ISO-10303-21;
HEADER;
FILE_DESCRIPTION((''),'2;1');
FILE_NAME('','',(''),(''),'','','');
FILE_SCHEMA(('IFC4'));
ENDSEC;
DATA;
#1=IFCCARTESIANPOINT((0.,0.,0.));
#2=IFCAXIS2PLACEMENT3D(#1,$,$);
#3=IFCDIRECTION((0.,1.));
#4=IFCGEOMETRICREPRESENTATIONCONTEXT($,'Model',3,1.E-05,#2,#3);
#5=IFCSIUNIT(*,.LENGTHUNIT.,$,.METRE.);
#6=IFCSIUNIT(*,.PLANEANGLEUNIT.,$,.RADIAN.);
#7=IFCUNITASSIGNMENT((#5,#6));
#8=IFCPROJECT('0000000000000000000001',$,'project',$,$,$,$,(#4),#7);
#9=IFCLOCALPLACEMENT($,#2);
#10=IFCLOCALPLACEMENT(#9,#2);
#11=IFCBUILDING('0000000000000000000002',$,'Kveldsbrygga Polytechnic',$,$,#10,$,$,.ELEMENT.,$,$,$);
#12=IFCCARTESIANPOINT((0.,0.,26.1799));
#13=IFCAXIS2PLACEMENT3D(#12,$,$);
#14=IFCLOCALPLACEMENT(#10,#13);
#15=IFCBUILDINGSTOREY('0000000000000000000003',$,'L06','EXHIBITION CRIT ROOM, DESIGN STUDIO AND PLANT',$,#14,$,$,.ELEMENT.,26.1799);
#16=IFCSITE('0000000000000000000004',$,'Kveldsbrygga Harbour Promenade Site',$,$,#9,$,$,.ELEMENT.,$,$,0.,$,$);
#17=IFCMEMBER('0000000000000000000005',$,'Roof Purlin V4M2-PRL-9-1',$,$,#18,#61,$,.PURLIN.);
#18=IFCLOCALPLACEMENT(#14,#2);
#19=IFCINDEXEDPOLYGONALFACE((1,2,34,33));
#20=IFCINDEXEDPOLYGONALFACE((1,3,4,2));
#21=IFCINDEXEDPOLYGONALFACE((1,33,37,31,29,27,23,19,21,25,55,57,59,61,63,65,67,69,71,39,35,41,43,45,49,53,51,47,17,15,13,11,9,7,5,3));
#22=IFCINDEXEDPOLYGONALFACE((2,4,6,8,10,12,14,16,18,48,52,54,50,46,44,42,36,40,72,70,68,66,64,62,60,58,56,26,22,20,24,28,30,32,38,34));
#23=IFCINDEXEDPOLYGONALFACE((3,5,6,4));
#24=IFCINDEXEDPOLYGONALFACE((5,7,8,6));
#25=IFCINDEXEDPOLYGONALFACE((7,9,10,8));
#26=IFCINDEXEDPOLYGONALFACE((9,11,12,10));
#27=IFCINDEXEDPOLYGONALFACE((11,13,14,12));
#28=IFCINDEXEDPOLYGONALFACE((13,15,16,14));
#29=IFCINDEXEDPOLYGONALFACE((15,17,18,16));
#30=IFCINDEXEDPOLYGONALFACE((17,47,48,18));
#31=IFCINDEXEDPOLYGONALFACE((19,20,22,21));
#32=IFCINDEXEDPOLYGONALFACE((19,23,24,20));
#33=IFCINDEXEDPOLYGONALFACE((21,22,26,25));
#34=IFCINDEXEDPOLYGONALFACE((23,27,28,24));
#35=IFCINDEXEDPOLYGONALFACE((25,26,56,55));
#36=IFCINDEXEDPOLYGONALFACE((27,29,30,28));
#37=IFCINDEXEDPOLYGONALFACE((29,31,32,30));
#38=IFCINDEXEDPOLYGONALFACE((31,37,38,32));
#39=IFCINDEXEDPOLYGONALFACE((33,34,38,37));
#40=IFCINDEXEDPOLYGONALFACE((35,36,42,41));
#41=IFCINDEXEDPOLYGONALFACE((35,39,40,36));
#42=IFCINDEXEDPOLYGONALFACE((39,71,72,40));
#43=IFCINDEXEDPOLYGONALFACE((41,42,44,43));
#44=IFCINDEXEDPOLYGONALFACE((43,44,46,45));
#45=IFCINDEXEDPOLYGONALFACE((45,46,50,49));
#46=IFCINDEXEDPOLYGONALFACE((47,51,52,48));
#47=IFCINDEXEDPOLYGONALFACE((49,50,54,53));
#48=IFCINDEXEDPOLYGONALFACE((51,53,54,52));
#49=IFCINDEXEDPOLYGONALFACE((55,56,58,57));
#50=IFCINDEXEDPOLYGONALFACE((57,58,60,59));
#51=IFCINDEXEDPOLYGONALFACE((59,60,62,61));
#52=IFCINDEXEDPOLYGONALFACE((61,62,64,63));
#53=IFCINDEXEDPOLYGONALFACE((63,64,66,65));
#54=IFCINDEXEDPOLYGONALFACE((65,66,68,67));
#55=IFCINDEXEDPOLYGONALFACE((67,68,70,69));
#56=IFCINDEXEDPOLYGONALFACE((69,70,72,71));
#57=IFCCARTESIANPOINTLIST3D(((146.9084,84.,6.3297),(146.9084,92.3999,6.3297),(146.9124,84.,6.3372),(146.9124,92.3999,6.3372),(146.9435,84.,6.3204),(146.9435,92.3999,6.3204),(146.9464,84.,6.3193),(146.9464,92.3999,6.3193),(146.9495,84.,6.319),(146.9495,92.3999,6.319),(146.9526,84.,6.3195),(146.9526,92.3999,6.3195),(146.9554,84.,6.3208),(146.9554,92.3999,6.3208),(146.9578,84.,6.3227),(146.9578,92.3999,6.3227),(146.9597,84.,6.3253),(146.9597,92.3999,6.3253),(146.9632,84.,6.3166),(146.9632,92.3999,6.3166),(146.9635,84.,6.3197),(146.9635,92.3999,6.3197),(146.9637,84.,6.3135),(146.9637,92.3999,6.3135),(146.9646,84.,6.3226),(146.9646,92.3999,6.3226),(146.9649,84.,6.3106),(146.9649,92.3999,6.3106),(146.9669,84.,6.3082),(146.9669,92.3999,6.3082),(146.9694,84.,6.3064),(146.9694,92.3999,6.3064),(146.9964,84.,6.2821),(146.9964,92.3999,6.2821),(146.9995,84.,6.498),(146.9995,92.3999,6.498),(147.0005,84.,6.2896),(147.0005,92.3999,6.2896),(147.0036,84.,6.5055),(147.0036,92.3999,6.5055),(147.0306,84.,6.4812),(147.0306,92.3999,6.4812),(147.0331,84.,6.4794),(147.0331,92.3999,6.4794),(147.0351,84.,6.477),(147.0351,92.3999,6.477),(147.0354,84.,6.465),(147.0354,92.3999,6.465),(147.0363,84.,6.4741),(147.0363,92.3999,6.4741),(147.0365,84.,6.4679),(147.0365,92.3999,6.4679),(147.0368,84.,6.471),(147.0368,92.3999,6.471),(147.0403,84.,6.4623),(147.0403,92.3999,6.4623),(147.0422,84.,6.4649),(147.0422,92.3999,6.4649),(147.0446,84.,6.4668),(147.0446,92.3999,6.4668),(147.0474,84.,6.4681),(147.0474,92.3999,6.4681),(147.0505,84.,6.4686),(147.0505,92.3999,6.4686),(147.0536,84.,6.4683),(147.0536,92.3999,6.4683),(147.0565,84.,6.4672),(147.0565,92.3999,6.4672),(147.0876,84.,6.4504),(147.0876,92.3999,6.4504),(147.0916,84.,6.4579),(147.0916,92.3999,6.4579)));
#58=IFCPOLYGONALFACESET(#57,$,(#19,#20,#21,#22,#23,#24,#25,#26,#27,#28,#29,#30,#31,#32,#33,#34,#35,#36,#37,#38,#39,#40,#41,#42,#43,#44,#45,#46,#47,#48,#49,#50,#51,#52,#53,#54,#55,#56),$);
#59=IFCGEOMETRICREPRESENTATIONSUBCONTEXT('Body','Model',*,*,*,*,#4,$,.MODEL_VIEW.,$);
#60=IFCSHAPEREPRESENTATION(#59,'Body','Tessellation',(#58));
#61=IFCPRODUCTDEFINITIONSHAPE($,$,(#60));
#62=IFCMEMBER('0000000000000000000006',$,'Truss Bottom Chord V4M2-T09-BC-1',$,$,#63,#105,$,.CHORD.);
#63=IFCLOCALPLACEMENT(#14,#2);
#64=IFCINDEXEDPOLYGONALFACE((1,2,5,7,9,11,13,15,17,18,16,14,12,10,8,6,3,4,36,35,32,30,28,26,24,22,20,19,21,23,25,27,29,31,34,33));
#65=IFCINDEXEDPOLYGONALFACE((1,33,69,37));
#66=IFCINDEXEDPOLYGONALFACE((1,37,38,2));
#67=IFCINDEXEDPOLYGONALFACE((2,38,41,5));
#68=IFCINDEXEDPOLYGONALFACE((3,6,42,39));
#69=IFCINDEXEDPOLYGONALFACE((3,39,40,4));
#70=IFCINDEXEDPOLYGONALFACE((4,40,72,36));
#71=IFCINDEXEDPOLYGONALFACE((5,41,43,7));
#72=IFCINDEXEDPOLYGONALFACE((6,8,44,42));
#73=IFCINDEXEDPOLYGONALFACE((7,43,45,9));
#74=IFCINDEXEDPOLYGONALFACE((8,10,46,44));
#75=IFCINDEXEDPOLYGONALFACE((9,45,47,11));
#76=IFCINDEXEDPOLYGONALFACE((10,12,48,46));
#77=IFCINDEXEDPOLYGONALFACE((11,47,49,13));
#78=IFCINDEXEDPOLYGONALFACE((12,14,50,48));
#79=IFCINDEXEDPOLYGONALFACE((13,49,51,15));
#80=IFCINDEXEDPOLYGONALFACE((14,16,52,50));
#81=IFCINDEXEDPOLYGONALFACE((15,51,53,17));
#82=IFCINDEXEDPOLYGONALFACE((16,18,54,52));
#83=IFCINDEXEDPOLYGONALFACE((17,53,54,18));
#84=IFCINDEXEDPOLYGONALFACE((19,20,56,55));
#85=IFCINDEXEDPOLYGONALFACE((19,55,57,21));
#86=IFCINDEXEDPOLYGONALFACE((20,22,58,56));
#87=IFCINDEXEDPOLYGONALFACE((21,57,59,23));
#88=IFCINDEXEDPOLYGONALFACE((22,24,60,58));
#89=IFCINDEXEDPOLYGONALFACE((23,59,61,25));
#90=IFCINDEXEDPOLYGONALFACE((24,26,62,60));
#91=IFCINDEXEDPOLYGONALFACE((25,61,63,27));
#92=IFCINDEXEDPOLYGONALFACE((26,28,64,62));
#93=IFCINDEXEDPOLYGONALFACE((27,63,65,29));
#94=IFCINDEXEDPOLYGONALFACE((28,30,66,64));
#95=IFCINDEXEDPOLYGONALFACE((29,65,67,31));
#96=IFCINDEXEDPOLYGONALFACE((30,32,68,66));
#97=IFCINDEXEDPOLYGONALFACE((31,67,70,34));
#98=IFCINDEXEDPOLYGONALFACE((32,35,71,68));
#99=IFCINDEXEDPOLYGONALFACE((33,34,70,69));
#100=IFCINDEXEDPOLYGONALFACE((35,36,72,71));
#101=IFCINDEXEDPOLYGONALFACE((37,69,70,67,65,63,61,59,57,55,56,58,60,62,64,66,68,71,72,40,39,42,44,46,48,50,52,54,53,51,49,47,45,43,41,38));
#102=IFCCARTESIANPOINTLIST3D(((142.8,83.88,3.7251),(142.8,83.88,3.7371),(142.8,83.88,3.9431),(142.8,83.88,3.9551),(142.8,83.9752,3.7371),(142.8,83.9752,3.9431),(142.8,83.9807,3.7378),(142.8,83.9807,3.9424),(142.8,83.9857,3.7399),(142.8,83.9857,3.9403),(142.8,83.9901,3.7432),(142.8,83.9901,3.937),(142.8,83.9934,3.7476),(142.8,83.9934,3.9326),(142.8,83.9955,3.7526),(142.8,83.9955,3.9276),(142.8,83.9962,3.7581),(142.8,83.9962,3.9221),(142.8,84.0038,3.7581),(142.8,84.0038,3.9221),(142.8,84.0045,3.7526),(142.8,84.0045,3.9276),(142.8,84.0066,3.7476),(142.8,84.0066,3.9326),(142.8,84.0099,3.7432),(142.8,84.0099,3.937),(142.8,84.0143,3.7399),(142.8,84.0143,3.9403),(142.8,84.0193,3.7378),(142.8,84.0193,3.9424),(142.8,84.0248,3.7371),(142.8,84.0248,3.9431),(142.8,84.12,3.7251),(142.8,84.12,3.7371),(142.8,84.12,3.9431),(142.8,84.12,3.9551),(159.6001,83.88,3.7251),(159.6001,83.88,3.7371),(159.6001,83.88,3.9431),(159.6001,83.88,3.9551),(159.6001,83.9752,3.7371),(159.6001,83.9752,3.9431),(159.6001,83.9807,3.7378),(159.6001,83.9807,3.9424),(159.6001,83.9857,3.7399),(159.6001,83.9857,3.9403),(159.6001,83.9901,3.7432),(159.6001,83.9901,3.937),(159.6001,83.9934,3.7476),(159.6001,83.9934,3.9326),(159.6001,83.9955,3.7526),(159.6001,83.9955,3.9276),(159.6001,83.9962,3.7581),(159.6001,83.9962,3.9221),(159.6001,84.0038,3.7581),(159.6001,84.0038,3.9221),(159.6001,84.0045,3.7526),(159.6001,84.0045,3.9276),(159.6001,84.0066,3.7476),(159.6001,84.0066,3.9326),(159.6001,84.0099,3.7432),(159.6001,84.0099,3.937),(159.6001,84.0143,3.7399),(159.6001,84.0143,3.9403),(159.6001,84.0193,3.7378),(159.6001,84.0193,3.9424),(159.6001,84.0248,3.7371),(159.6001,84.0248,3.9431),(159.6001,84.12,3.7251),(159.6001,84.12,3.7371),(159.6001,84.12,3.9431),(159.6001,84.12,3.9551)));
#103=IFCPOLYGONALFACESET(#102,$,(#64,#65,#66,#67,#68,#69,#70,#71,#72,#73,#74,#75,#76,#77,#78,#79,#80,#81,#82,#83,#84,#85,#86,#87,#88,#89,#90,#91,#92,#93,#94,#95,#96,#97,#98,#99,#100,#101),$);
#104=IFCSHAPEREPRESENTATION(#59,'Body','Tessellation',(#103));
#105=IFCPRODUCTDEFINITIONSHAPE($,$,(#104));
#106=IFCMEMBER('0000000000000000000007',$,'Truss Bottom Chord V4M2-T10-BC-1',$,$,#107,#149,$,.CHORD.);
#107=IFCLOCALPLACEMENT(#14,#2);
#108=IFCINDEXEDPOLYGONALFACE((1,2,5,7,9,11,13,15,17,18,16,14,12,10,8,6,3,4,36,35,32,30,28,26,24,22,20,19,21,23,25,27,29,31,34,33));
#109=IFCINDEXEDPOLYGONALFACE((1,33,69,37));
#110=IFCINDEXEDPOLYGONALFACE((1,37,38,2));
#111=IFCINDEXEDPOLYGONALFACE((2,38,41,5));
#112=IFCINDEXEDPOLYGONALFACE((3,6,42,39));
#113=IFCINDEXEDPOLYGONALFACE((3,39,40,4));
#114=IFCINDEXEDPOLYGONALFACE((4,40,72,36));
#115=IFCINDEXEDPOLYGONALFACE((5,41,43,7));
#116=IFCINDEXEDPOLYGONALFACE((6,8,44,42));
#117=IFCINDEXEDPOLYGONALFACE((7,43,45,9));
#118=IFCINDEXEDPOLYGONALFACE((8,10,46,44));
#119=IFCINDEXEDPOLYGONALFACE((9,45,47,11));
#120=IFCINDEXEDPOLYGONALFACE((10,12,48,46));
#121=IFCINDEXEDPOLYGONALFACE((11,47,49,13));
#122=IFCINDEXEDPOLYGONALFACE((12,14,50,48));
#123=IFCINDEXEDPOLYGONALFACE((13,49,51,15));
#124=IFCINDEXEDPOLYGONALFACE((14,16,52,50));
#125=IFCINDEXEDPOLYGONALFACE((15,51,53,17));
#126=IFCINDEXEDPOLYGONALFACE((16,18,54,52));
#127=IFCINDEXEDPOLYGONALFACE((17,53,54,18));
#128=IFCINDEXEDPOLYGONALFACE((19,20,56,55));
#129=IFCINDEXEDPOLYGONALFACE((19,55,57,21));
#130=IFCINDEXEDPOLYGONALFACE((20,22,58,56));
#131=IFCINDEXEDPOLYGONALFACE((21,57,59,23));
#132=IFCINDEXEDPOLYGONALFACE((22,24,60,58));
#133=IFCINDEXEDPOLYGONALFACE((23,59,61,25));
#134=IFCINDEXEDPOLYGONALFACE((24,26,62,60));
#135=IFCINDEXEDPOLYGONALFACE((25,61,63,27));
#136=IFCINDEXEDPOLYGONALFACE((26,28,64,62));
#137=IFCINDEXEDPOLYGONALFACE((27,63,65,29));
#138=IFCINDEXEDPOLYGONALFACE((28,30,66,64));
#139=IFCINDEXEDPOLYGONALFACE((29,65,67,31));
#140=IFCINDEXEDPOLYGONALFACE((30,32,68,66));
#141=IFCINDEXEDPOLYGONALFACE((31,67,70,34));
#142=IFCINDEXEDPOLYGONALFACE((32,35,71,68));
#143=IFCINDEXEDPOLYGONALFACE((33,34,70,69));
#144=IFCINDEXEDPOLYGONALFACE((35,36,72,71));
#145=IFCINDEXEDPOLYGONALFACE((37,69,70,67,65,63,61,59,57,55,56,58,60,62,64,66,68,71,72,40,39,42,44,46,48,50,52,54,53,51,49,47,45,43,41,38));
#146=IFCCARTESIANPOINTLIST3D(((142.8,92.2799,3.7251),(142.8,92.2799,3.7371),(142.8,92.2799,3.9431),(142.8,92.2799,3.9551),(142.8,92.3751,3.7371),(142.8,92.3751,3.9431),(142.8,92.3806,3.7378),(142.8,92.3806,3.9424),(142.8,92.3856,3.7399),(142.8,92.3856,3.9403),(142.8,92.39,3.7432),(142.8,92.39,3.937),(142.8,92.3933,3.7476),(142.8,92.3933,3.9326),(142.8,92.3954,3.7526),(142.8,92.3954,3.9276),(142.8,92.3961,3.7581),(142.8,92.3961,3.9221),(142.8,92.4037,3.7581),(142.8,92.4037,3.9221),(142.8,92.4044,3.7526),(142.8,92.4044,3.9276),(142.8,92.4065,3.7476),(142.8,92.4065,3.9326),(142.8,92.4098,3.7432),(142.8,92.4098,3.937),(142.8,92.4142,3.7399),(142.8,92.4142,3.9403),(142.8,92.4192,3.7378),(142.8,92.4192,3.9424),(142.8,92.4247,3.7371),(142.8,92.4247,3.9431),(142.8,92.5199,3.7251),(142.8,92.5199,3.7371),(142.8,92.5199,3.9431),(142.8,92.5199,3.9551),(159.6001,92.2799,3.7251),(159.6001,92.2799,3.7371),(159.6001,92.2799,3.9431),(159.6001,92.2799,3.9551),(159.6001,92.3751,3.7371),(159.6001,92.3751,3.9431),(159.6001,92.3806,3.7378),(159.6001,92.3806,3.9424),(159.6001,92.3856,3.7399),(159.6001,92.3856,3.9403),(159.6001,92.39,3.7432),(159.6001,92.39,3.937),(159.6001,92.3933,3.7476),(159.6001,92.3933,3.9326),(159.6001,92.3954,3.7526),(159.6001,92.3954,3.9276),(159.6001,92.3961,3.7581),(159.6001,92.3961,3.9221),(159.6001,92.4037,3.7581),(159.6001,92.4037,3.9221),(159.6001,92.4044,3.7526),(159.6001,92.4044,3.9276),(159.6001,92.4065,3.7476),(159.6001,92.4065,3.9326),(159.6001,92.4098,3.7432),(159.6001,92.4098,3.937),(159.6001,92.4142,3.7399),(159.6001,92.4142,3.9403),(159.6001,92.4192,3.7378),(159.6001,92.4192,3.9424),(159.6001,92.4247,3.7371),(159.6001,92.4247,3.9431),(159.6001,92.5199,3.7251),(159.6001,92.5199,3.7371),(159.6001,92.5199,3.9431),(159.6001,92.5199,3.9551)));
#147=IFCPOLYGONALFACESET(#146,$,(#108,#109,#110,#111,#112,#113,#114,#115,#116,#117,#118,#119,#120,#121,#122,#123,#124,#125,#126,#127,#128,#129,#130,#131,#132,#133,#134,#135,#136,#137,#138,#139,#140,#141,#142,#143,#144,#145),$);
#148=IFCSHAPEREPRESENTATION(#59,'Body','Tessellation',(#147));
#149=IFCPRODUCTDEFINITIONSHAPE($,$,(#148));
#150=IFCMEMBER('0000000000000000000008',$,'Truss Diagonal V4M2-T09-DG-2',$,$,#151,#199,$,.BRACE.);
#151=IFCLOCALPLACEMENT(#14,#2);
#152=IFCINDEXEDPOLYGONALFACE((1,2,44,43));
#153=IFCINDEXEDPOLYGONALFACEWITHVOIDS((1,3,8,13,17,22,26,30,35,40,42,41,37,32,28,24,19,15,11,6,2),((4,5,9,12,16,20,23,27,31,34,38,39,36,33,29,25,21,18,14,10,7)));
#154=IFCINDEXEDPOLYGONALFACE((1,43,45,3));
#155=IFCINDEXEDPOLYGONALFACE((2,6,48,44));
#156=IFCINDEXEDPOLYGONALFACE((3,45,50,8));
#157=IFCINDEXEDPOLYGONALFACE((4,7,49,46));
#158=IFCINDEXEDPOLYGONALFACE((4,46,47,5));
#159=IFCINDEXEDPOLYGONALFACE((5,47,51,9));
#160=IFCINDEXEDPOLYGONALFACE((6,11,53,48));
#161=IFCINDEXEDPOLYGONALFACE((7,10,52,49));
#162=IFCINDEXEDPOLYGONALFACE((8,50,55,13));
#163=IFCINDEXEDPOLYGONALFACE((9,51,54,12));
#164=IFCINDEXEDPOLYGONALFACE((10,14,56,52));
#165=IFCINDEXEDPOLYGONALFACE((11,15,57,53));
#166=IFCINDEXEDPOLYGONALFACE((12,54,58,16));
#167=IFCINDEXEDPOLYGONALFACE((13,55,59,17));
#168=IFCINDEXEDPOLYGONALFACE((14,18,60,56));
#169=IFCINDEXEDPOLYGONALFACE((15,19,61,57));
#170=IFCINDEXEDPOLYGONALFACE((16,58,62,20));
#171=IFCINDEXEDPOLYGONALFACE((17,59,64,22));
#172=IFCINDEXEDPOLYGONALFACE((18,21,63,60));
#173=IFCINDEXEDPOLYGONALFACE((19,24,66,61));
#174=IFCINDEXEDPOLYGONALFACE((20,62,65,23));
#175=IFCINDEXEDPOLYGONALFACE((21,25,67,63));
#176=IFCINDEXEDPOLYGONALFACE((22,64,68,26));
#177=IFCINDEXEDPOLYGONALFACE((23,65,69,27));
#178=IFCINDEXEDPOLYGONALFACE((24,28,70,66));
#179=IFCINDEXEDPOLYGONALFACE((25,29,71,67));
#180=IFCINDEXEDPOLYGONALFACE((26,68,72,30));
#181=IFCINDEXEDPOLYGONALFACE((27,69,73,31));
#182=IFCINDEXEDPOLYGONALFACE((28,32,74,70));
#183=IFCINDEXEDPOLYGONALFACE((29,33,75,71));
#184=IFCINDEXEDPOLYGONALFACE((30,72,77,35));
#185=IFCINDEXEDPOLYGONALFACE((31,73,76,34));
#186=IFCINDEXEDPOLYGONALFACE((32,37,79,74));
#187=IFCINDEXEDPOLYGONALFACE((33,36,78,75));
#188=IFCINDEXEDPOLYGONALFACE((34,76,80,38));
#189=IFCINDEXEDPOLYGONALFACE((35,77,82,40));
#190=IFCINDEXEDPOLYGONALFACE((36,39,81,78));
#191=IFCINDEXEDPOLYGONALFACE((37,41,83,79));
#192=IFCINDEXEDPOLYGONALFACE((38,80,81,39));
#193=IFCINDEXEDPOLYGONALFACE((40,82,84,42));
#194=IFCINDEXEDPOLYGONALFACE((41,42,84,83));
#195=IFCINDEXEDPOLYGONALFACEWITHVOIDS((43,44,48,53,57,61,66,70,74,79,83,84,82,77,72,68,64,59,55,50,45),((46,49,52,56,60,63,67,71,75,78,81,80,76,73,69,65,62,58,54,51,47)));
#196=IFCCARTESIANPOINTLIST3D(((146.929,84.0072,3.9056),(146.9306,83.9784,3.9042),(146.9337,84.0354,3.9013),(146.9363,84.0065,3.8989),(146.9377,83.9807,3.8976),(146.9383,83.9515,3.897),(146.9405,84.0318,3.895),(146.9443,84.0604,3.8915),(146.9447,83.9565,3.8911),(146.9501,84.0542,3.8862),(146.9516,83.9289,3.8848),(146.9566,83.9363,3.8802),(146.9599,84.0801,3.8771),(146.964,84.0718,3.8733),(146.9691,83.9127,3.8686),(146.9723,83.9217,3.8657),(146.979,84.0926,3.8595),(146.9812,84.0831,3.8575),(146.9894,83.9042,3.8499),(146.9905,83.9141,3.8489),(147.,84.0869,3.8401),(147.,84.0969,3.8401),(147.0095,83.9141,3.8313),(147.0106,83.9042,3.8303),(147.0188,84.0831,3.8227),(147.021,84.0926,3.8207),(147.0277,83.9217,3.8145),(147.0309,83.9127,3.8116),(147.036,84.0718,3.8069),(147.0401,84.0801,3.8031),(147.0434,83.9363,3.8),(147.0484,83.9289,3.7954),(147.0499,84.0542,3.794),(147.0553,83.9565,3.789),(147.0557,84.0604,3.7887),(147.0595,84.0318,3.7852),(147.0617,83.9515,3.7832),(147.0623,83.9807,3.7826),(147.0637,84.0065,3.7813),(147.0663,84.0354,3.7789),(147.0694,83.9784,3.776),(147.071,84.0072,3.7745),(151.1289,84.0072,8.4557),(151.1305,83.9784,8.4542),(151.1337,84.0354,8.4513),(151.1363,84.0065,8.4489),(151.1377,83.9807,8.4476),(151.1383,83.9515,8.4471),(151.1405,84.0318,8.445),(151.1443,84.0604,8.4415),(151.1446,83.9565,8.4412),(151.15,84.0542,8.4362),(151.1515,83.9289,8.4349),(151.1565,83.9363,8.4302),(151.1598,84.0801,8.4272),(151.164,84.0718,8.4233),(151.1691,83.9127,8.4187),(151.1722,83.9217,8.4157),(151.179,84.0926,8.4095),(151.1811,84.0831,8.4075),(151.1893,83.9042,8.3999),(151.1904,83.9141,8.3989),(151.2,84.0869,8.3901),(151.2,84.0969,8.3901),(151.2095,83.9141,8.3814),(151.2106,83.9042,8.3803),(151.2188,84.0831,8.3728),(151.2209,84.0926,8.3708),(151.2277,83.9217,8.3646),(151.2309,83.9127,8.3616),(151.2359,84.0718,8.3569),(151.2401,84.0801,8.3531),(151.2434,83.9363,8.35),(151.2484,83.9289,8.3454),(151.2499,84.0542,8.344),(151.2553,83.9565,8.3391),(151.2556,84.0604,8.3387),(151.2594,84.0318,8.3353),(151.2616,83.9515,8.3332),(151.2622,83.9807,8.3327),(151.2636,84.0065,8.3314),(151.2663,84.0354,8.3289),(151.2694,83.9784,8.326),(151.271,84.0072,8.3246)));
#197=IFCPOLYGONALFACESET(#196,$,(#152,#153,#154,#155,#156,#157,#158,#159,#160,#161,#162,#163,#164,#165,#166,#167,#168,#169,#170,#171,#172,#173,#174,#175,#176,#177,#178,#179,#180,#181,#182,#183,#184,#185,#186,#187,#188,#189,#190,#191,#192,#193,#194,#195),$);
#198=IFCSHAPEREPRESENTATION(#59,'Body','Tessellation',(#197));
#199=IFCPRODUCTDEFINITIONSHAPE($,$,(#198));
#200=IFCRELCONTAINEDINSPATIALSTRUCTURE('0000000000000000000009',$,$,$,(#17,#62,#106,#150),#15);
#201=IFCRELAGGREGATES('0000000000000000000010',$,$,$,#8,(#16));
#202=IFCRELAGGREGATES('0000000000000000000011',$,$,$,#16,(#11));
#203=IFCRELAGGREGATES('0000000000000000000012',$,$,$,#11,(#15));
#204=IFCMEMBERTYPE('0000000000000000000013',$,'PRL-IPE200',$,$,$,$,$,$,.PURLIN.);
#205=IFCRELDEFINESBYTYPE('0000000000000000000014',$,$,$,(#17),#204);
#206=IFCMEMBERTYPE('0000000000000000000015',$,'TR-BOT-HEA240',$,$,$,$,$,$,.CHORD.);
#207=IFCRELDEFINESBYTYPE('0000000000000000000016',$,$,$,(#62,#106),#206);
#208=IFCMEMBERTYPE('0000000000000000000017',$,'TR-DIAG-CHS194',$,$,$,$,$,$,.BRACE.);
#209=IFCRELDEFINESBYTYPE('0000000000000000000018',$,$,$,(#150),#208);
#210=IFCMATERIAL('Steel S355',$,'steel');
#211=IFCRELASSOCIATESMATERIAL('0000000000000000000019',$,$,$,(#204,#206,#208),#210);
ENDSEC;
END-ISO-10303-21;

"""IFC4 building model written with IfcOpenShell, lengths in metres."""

from ifc_helpers import new_model, si_unit, direction, frame, origin, origin_2d, place, context, subcontext, project, spatial, hollow_circle, i_section, extrude, material, material_profile, profile_set, type_object, element, save


model = new_model("IFC4")

# Units and contexts
model_context = context("Model", 3, precision=1e-05, world=origin(), true_north=direction((0.0, 1.0)))
body_context = subcontext(model_context, "Body", "Model", "MODEL_VIEW")
ifc_project = project(units=[si_unit("LENGTHUNIT", "METRE"), si_unit("PLANEANGLEUNIT", "RADIAN")], contexts=[model_context])

# Site, building, storey
site_placement = place(None, origin())
site = spatial("IfcSite", under=ifc_project, at=site_placement, Name="Kveldsbrygga Harbour Promenade Site", CompositionType="ELEMENT", RefElevation=0.0)
building_placement = place(site_placement, origin())
building = spatial("IfcBuilding", under=site, at=building_placement, Name="Kveldsbrygga Polytechnic", CompositionType="ELEMENT")
storey_placement = place(building_placement, frame((0.0, 0.0, 26.1799)))
storey = spatial("IfcBuildingStorey", under=building, at=storey_placement, Name="L06", Description="EXHIBITION CRIT ROOM, DESIGN STUDIO AND PLANT", CompositionType="ELEMENT", Elevation=26.1799)

# Shared definitions
ifc_material_1 = material(Name="Steel S355", Category="steel")

# Members
ifc_material_profile_1 = material_profile(ifc_material_1, i_section(OverallWidth=0.1001, OverallDepth=0.2, WebThickness=0.0056, FlangeThickness=0.0085, FilletRadius=0.012, at=origin_2d()), Name="IPE 200")
ifc_profile_set_1 = profile_set([ifc_material_profile_1], Name="Steel S355")
member_type_1 = type_object("IfcMemberType", Name="PRL-IPE200", PredefinedType="PURLIN", material=ifc_profile_set_1)
member_1_placement = place(storey_placement, frame((147.0, 84.0, 6.3938), z_axis=(0.0, 1.0, 0.0), x_axis=(-0.879292, 0.0, 0.476283)))
element("IfcMember", 1, at=member_1_placement, inside=storey, type_object=member_type_1, Name="Roof Purlin V4M2-PRL-9-1", PredefinedType="PURLIN", context=body_context, shape_type="SweptSolid", body=[
    extrude(i_section(OverallWidth=0.1001, OverallDepth=0.2, WebThickness=0.0056, FlangeThickness=0.0085, FilletRadius=0.012, at=origin_2d()), origin(), (0.0, 0.0, 1.0), 8.3999),
])
ifc_material_profile_2 = material_profile(ifc_material_1, i_section(OverallWidth=0.24, OverallDepth=0.23, WebThickness=0.0076, FlangeThickness=0.012, FilletRadius=0.021, at=origin_2d()), Name="HEA 240")
ifc_profile_set_2 = profile_set([ifc_material_profile_2], Name="Steel S355")
member_type_2 = type_object("IfcMemberType", Name="TR-BOT-HEA240", PredefinedType="CHORD", material=ifc_profile_set_2)
for number, where, z_axis, x_axis, name in (
    (2, (142.8, 84.0, 3.8401), (1.0, 0.0, 0.0), (0.0, 1.0, 0.0), "Truss Bottom Chord V4M2-T09-BC-1"),
    (3, (142.8, 92.3999, 3.8401), (1.0, 0.0, 0.0), (0.0, 1.0, 0.0), "Truss Bottom Chord V4M2-T10-BC-1"),
):
    element("IfcMember", number, at=place(storey_placement, frame(where, z_axis=z_axis, x_axis=x_axis)), inside=storey, type_object=member_type_2, Name=name, PredefinedType="CHORD", context=body_context, shape_type="SweptSolid", body=[
        extrude(i_section(OverallWidth=0.24, OverallDepth=0.23, WebThickness=0.0076, FlangeThickness=0.012, FilletRadius=0.021, at=origin_2d()), origin(), (0.0, 0.0, 1.0), 16.8),
    ])
ifc_material_profile_3 = material_profile(ifc_material_1, hollow_circle(Radius=0.0969, WallThickness=0.01, at=origin_2d()), Name="CHS 193.7x10.0")
ifc_profile_set_3 = profile_set([ifc_material_profile_3], Name="Steel S355")
member_type_3 = type_object("IfcMemberType", Name="TR-DIAG-CHS194", PredefinedType="BRACE", material=ifc_profile_set_3)
for number, where, z_axis, x_axis, name in (
    (4, (147.0, 84.0, 3.8401), (0.678272, 0.0, 0.734811), (0.0, 1.0, 0.0), "Truss Diagonal V4M2-T09-DG-2"),
):
    element("IfcMember", number, at=place(storey_placement, frame(where, z_axis=z_axis, x_axis=x_axis)), inside=storey, type_object=member_type_3, Name=name, PredefinedType="BRACE", context=body_context, shape_type="SweptSolid", body=[
        extrude(hollow_circle(Radius=0.0969, WallThickness=0.01, at=origin_2d()), origin(), (0.0, 0.0, 1.0), 6.1921),
    ])

save(model, "model.ifc")
